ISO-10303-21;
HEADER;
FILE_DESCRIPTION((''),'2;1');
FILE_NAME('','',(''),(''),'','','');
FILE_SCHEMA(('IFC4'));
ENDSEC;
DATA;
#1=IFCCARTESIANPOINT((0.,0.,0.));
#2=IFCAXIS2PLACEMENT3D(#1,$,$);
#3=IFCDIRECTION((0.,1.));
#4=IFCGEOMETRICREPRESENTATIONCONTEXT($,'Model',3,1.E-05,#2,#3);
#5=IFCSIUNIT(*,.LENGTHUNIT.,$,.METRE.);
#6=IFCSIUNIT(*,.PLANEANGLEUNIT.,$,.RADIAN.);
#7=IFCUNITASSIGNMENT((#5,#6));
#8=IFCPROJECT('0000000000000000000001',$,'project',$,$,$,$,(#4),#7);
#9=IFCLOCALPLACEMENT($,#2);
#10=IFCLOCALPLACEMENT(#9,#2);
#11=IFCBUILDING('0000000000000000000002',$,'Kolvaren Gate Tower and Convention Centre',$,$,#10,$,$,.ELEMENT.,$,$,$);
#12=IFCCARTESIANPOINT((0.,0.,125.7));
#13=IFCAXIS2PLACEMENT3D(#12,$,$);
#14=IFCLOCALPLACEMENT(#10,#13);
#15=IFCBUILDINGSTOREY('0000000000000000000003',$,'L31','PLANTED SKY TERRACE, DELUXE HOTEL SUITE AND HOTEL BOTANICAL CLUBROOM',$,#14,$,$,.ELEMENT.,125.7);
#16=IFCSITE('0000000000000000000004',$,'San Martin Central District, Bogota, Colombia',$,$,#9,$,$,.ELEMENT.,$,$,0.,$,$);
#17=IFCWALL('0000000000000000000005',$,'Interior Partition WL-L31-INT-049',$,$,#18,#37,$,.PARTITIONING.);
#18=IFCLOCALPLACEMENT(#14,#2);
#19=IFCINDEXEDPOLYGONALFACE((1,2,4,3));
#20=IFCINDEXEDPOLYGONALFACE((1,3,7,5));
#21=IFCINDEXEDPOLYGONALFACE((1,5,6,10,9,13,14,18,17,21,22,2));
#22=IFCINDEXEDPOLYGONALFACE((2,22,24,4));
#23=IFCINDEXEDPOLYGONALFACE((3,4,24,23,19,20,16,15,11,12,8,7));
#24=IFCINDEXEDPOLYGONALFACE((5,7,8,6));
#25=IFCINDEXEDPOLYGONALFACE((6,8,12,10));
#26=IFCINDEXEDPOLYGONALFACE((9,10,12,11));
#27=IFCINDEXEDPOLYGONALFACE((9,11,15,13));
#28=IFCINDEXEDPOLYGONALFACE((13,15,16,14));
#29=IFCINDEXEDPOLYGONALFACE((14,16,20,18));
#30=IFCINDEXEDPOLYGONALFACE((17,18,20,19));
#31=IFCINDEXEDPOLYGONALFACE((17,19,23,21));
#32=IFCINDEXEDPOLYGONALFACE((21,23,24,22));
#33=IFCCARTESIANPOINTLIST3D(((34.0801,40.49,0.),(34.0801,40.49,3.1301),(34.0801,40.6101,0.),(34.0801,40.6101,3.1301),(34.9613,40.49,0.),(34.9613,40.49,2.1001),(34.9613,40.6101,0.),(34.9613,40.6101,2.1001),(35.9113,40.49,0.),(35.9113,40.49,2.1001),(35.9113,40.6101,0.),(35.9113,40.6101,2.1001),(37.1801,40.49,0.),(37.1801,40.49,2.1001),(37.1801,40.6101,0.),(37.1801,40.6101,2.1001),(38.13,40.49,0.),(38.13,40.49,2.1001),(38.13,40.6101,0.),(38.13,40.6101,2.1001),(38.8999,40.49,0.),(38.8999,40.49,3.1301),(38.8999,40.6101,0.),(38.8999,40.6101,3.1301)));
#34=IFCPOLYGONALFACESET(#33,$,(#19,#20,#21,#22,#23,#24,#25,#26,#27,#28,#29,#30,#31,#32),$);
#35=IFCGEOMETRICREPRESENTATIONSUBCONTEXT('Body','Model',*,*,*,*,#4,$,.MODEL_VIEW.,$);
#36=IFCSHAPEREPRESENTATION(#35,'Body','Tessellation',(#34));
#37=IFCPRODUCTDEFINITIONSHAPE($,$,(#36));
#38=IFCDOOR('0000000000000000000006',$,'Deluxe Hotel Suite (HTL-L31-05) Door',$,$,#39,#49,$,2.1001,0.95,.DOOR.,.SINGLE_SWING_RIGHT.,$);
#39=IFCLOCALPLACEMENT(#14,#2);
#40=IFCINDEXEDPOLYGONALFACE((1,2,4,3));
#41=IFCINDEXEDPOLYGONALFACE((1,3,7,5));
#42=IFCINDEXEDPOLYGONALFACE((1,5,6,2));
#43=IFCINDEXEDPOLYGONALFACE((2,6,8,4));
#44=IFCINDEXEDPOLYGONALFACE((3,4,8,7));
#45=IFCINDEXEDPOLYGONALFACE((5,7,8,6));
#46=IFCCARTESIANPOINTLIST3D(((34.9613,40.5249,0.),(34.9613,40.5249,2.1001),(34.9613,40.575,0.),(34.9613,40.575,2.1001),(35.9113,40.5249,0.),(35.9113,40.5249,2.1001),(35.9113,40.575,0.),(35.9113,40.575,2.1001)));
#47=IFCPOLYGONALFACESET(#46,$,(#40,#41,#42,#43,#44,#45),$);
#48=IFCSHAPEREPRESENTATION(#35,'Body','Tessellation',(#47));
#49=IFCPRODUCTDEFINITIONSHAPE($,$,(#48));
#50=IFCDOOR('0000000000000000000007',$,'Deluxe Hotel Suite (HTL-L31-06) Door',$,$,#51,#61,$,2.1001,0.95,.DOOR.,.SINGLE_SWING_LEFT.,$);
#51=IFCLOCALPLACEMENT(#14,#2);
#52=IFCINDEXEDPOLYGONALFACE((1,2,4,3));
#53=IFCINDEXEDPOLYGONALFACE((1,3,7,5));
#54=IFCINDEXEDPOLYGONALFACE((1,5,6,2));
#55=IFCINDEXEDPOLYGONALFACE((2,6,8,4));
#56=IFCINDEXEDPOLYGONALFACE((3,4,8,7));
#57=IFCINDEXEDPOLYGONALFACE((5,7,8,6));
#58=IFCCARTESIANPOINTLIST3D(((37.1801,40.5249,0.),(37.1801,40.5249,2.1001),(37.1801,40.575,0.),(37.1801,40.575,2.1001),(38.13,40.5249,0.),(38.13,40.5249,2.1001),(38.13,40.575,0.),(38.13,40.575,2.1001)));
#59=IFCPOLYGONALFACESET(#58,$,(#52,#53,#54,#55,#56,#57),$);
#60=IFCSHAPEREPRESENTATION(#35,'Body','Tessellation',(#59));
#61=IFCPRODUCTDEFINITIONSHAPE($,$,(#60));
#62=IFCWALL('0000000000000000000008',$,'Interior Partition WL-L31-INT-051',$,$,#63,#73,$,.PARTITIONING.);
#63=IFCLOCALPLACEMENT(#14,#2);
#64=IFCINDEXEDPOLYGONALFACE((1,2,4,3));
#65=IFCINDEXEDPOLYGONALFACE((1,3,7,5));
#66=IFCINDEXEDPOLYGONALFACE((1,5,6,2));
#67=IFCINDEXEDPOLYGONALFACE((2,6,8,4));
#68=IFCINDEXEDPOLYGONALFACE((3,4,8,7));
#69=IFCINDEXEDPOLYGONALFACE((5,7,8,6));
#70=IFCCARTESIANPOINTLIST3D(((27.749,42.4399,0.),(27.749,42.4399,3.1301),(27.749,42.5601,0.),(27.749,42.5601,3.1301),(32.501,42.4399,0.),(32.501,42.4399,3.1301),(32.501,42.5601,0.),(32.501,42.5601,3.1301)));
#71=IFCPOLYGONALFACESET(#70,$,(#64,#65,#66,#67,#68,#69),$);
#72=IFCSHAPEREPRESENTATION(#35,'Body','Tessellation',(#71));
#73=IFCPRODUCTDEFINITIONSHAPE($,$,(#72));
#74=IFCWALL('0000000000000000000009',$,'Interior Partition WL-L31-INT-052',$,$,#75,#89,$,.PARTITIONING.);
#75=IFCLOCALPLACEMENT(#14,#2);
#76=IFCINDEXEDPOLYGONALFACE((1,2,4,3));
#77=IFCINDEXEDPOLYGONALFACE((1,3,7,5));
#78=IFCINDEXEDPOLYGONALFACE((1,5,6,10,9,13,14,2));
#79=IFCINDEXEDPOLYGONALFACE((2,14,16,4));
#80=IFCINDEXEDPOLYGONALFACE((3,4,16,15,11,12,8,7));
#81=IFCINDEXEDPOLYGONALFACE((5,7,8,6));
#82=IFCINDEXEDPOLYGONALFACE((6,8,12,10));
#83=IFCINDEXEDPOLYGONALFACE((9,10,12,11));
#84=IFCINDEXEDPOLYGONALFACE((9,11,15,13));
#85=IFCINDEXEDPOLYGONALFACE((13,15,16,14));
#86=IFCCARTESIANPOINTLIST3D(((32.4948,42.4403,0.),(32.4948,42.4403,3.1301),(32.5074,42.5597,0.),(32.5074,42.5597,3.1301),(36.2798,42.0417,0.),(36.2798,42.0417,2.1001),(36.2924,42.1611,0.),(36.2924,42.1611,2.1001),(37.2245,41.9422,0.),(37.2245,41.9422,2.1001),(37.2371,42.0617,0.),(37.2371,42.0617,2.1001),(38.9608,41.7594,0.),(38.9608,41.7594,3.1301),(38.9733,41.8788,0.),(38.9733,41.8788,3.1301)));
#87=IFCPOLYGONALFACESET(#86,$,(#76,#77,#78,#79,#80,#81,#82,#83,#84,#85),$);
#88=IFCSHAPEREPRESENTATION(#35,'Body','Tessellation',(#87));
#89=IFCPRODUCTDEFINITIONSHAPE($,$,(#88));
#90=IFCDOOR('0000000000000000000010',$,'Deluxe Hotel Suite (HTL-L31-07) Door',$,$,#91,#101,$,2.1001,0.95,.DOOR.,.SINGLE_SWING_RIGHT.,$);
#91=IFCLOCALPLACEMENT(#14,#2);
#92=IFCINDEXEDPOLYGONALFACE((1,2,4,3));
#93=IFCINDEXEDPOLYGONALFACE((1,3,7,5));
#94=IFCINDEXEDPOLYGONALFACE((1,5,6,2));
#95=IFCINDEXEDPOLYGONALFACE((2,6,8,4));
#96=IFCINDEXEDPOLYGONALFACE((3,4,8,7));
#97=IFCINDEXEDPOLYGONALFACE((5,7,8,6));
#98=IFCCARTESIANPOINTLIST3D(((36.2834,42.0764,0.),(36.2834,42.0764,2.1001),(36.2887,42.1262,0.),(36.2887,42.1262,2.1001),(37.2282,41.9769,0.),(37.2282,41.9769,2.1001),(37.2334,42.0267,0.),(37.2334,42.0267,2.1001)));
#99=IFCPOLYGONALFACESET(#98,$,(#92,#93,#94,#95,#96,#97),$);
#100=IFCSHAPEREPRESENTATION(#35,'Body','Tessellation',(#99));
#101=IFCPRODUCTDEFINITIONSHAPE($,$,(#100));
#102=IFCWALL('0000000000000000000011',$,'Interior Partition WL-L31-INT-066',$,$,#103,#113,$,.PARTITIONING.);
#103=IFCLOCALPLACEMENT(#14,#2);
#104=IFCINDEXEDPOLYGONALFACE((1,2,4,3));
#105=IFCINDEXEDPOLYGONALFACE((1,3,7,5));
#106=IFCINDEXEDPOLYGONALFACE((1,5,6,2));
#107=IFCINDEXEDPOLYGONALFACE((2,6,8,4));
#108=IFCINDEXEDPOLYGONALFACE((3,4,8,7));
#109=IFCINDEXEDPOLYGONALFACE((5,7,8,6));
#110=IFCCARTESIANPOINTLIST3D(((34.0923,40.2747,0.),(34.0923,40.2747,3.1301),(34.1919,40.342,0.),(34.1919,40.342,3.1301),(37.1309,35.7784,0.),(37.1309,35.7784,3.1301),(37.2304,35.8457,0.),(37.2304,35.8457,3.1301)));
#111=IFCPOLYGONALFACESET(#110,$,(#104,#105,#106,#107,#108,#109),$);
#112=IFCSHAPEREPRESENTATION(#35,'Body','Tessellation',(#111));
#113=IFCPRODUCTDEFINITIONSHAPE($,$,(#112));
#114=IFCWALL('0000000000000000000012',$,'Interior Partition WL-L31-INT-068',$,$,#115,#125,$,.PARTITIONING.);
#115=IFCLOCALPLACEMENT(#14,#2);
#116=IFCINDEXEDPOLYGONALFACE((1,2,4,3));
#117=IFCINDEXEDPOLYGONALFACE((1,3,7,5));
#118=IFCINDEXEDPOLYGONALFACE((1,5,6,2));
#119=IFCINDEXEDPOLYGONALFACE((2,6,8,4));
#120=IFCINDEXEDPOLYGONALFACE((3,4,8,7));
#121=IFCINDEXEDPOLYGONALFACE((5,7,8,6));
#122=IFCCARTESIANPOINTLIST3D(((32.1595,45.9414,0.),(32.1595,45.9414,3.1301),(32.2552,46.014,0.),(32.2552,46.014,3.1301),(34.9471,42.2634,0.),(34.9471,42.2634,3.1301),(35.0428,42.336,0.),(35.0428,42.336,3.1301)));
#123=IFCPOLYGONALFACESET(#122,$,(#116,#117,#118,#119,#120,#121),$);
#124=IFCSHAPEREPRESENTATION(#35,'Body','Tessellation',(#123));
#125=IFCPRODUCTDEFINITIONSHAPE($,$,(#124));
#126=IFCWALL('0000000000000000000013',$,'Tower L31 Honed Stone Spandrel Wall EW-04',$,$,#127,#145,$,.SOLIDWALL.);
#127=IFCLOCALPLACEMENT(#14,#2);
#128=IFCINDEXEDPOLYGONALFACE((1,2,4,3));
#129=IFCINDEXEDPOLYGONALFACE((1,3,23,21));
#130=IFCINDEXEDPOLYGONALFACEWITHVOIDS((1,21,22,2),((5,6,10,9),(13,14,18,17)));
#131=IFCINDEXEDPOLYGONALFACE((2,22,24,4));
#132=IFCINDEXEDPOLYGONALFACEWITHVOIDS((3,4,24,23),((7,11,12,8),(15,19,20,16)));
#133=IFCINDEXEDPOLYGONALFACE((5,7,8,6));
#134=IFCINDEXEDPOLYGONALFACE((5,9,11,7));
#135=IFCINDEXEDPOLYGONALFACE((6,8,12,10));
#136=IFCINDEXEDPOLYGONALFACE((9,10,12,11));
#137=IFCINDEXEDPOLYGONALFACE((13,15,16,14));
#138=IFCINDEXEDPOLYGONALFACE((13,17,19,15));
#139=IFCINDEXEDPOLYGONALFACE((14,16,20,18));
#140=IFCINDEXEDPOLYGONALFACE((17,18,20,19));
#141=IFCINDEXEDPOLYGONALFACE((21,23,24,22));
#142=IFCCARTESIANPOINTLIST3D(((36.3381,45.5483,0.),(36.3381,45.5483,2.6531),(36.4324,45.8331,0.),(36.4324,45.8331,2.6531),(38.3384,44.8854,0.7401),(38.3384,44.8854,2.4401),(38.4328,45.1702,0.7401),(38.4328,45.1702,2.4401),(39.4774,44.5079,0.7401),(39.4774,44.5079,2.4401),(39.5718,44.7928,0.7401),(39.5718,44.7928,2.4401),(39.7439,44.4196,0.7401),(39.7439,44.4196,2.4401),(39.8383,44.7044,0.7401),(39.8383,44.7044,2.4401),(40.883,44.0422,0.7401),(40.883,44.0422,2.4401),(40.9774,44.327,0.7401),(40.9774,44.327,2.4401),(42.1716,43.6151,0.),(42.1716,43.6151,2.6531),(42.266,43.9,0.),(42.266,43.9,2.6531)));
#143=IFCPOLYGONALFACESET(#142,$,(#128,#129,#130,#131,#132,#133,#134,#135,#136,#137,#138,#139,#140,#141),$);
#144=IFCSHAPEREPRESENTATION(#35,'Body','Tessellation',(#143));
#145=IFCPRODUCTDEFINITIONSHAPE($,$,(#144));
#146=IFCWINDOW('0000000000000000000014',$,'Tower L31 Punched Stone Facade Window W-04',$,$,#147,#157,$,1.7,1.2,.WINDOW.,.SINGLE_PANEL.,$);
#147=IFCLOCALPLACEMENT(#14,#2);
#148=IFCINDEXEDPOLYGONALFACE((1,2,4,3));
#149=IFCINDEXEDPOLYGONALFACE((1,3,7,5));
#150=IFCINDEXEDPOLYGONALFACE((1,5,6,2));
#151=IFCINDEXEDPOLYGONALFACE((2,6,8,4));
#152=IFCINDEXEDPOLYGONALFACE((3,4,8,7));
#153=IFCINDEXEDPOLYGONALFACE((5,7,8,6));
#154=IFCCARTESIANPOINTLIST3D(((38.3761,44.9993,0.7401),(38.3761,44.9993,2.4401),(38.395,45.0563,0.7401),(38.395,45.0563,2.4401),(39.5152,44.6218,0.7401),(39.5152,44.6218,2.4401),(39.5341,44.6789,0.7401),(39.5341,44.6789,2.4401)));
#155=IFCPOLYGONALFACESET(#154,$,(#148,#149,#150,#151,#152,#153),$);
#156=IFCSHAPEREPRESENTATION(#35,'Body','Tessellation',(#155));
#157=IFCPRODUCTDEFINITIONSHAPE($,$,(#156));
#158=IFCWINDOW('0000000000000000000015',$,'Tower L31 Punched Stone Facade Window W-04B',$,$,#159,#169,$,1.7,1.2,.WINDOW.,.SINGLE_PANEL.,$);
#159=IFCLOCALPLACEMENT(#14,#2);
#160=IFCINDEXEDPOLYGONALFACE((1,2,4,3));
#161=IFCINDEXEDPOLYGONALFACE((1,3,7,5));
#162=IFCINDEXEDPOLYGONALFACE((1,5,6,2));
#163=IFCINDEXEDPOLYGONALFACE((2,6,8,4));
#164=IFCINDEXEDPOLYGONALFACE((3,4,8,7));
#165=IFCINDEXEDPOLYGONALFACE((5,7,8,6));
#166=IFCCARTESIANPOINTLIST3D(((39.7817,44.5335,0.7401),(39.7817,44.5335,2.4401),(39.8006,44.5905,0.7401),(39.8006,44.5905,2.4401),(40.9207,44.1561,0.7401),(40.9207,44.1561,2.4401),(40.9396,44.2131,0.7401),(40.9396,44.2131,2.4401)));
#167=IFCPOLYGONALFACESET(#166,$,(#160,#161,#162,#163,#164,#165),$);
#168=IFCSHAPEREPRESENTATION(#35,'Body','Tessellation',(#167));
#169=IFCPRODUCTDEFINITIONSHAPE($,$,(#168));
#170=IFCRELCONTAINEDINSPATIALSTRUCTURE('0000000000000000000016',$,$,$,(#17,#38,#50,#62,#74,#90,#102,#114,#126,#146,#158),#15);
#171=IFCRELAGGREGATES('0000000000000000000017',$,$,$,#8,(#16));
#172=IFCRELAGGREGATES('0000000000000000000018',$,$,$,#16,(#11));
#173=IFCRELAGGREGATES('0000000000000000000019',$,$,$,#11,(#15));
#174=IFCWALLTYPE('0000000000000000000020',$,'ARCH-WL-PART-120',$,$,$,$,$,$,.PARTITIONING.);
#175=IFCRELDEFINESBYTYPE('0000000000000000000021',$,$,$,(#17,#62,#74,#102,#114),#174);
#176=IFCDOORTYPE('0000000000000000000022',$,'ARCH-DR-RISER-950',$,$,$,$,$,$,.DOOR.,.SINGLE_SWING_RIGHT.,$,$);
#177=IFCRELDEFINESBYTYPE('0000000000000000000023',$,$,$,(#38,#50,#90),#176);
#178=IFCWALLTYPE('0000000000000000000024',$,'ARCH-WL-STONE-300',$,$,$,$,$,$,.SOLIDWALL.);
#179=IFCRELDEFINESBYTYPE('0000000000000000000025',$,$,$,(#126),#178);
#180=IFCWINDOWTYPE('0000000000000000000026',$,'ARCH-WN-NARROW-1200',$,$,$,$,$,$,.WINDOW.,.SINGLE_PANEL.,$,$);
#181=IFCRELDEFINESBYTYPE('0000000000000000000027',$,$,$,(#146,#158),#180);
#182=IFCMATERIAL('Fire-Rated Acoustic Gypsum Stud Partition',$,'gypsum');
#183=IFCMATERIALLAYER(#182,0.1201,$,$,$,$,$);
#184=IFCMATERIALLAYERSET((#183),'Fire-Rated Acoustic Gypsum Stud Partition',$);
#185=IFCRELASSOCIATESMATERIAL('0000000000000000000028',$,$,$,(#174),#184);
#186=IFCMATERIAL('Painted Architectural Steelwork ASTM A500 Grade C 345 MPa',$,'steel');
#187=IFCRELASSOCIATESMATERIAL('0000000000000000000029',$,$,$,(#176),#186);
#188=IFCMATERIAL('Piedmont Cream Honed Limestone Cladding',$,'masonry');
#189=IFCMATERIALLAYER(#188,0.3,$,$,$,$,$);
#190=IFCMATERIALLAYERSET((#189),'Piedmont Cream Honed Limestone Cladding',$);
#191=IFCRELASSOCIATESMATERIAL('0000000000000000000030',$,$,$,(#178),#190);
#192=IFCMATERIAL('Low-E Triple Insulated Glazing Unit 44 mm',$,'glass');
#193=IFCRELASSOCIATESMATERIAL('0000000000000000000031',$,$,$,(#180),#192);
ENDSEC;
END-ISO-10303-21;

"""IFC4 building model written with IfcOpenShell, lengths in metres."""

from ifc_helpers import new_model, si_unit, direction, frame, frame_2d, origin, place, context, subcontext, project, spatial, rectangle, extrude, material, layer, layer_set, type_object, element, fill, save


model = new_model("IFC4")

# Units and contexts
model_context = context("Model", 3, precision=1e-05, world=origin(), true_north=direction((0.0, 1.0)))
body_context = subcontext(model_context, "Body", "Model", "MODEL_VIEW")
ifc_project = project(units=[si_unit("LENGTHUNIT", "METRE"), si_unit("PLANEANGLEUNIT", "RADIAN")], contexts=[model_context])

# Site, building, storey
site_placement = place(None, origin())
site = spatial("IfcSite", under=ifc_project, at=site_placement, Name="San Martin Central District, Bogota, Colombia", CompositionType="ELEMENT", RefElevation=0.0)
building_placement = place(site_placement, origin())
building = spatial("IfcBuilding", under=site, at=building_placement, Name="Kolvaren Gate Tower and Convention Centre", CompositionType="ELEMENT")
storey_placement = place(building_placement, frame((0.0, 0.0, 125.7)))
storey = spatial("IfcBuildingStorey", under=building, at=storey_placement, Name="L31", Description="PLANTED SKY TERRACE, DELUXE HOTEL SUITE AND HOTEL BOTANICAL CLUBROOM", CompositionType="ELEMENT", Elevation=125.7)

# Wall, openings, doors
ifc_material_1 = material(Name="Fire-Rated Acoustic Gypsum Stud Partition", Category="gypsum")
ifc_layer_1 = layer(ifc_material_1, 0.1201)
ifc_layer_set_1 = layer_set([ifc_layer_1], Name="Fire-Rated Acoustic Gypsum Stud Partition")
wall_type_1 = type_object("IfcWallType", Name="ARCH-WL-PART-120", PredefinedType="PARTITIONING", material=ifc_layer_set_1)
wall_1_placement = place(storey_placement, frame((34.0801, 40.55, 0.0), z_axis=(0.0, 0.0, 1.0), x_axis=(1.0, 0.0, 0.0)))
wall_1 = element("IfcWall", 1, at=wall_1_placement, inside=storey, type_object=wall_type_1, Name="Interior Partition WL-L31-INT-049", PredefinedType="PARTITIONING", context=body_context, shape_type="SweptSolid", body=[
    extrude(rectangle(XDim=4.8198, YDim=0.1201, at=frame_2d((2.4099, 0.0))), origin(), (0.0, 0.0, 1.0), 3.1301),
])
opening_1_placement = place(wall_1_placement, frame((0.8811, 0.0, 0.0)))
opening_1 = element("IfcOpeningElement", 2, at=opening_1_placement, cuts=wall_1, PredefinedType="OPENING", context=body_context, shape_type="SweptSolid", body=[
    extrude(rectangle(XDim=0.95, YDim=2.1001, at=frame_2d((0.4751, 1.05))), frame((0.0, 0.0701, 0.0), z_axis=(0.0, -1.0, 0.0), x_axis=(1.0, 0.0, 0.0)), (0.0, 0.0, 1.0), 0.1401),
])
opening_2_placement = place(wall_1_placement, frame((3.0999, 0.0, 0.0)))
opening_2 = element("IfcOpeningElement", 3, at=opening_2_placement, cuts=wall_1, PredefinedType="OPENING", context=body_context, shape_type="SweptSolid", body=[
    extrude(rectangle(XDim=0.95, YDim=2.1001, at=frame_2d((0.4751, 1.05))), frame((0.0, 0.0701, 0.0), z_axis=(0.0, -1.0, 0.0), x_axis=(1.0, 0.0, 0.0)), (0.0, 0.0, 1.0), 0.1401),
])
ifc_material_2 = material(Name="Painted Architectural Steelwork ASTM A500 Grade C 345 MPa", Category="steel")
door_type_1 = type_object("IfcDoorType", Name="ARCH-DR-RISER-950", OperationType="SINGLE_SWING_RIGHT", PredefinedType="DOOR", material=ifc_material_2)
door_1_placement = place(opening_1_placement, origin())
door_1 = element("IfcDoor", 4, at=door_1_placement, inside=storey, type_object=door_type_1, Name="Deluxe Hotel Suite (HTL-L31-05) Door", OperationType="SINGLE_SWING_RIGHT", OverallHeight=2.1001, OverallWidth=0.95, PredefinedType="DOOR", context=body_context, shape_type="SweptSolid", body=[
    extrude(rectangle(XDim=0.95, YDim=2.1001, at=frame_2d((0.4751, 1.05))), frame((0.0, 0.0249, 0.0), z_axis=(0.0, -1.0, 0.0), x_axis=(1.0, 0.0, 0.0)), (0.0, 0.0, 1.0), 0.05),
])
fill(opening_1, door_1)
door_2_placement = place(opening_2_placement, origin())
door_2 = element("IfcDoor", 5, at=door_2_placement, inside=storey, type_object=door_type_1, Name="Deluxe Hotel Suite (HTL-L31-06) Door", OperationType="SINGLE_SWING_LEFT", OverallHeight=2.1001, OverallWidth=0.95, PredefinedType="DOOR", context=body_context, shape_type="SweptSolid", body=[
    extrude(rectangle(XDim=0.95, YDim=2.1001, at=frame_2d((0.4751, 1.05))), frame((0.0, 0.0249, 0.0), z_axis=(0.0, -1.0, 0.0), x_axis=(1.0, 0.0, 0.0)), (0.0, 0.0, 1.0), 0.05),
])
fill(opening_2, door_2)

# Wall
wall_2_placement = place(storey_placement, frame((27.749, 42.5, 0.0), z_axis=(0.0, 0.0, 1.0), x_axis=(1.0, 0.0, 0.0)))
element("IfcWall", 6, at=wall_2_placement, inside=storey, type_object=wall_type_1, Name="Interior Partition WL-L31-INT-051", PredefinedType="PARTITIONING", context=body_context, shape_type="SweptSolid", body=[
    extrude(rectangle(XDim=4.752, YDim=0.1201, at=frame_2d((2.376, 0.0))), origin(), (0.0, 0.0, 1.0), 3.1301),
])

# Wall, opening, door
wall_3_placement = place(storey_placement, frame((32.501, 42.5, 0.0), z_axis=(0.0, 0.0, 1.0), x_axis=(0.994501, -0.104726, 0.0)))
wall_3 = element("IfcWall", 7, at=wall_3_placement, inside=storey, type_object=wall_type_1, Name="Interior Partition WL-L31-INT-052", PredefinedType="PARTITIONING", context=body_context, shape_type="SweptSolid", body=[
    extrude(rectangle(XDim=6.5017, YDim=0.1201, at=frame_2d((3.251, 0.0))), origin(), (0.0, 0.0, 1.0), 3.1301),
])
opening_3_placement = place(wall_3_placement, frame((3.8059, 0.0, 0.0)))
opening_3 = element("IfcOpeningElement", 8, at=opening_3_placement, cuts=wall_3, PredefinedType="OPENING", context=body_context, shape_type="SweptSolid", body=[
    extrude(rectangle(XDim=0.95, YDim=2.1001, at=frame_2d((0.4751, 1.05))), frame((0.0, 0.0701, 0.0), z_axis=(0.0, -1.0, 0.0), x_axis=(1.0, 0.0, 0.0)), (0.0, 0.0, 1.0), 0.1401),
])
door_3_placement = place(opening_3_placement, origin())
door_3 = element("IfcDoor", 9, at=door_3_placement, inside=storey, type_object=door_type_1, Name="Deluxe Hotel Suite (HTL-L31-07) Door", OperationType="SINGLE_SWING_RIGHT", OverallHeight=2.1001, OverallWidth=0.95, PredefinedType="DOOR", context=body_context, shape_type="SweptSolid", body=[
    extrude(rectangle(XDim=0.95, YDim=2.1001, at=frame_2d((0.4751, 1.05))), frame((0.0, 0.0249, 0.0), z_axis=(0.0, -1.0, 0.0), x_axis=(1.0, 0.0, 0.0)), (0.0, 0.0, 1.0), 0.05),
])
fill(opening_3, door_3)

# Walls
wall_4_placement = place(storey_placement, frame((34.1421, 40.3083, 0.0), z_axis=(0.0, 0.0, 1.0), x_axis=(0.559922, -0.828546, 0.0)))
element("IfcWall", 10, at=wall_4_placement, inside=storey, type_object=wall_type_1, Name="Interior Partition WL-L31-INT-066", PredefinedType="PARTITIONING", context=body_context, shape_type="SweptSolid", body=[
    extrude(rectangle(XDim=5.4268, YDim=0.1201, at=frame_2d((2.7134, 0.0))), origin(), (0.0, 0.0, 1.0), 3.1301),
])
wall_5_placement = place(storey_placement, frame((32.2073, 45.9778, 0.0), z_axis=(0.0, 0.0, 1.0), x_axis=(0.60403, -0.796962, 0.0)))
element("IfcWall", 11, at=wall_5_placement, inside=storey, type_object=wall_type_1, Name="Interior Partition WL-L31-INT-068", PredefinedType="PARTITIONING", context=body_context, shape_type="SweptSolid", body=[
    extrude(rectangle(XDim=4.615, YDim=0.1201, at=frame_2d((2.3076, 0.0))), origin(), (0.0, 0.0, 1.0), 3.1301),
])

# Wall, openings, windows
ifc_material_3 = material(Name="Piedmont Cream Honed Limestone Cladding", Category="masonry")
ifc_layer_2 = layer(ifc_material_3, 0.3)
ifc_layer_set_2 = layer_set([ifc_layer_2], Name="Piedmont Cream Honed Limestone Cladding")
wall_type_2 = type_object("IfcWallType", Name="ARCH-WL-STONE-300", PredefinedType="SOLIDWALL", material=ifc_layer_set_2)
wall_6_placement = place(storey_placement, frame((36.3853, 45.6907, 0.0), z_axis=(0.0, 0.0, 1.0), x_axis=(0.949238, -0.314559, 0.0)))
wall_6 = element("IfcWall", 12, at=wall_6_placement, inside=storey, type_object=wall_type_2, Name="Tower L31 Honed Stone Spandrel Wall EW-04", PredefinedType="SOLIDWALL", context=body_context, shape_type="SweptSolid", body=[
    extrude(rectangle(XDim=6.1455, YDim=0.3, at=frame_2d((3.0728, 0.0))), origin(), (0.0, 0.0, 1.0), 2.6531),
])
opening_4_placement = place(wall_6_placement, frame((2.1072, 0.0, 0.74)))
opening_4 = element("IfcOpeningElement", 13, at=opening_4_placement, cuts=wall_6, PredefinedType="OPENING", context=body_context, shape_type="SweptSolid", body=[
    extrude(rectangle(XDim=1.2, YDim=1.7, at=frame_2d((0.6001, 0.8501))), frame((0.0, 0.1599, 0.0), z_axis=(0.0, -1.0, 0.0), x_axis=(1.0, 0.0, 0.0)), (0.0, 0.0, 1.0), 0.3201),
])
opening_5_placement = place(wall_6_placement, frame((3.5879, 0.0, 0.74)))
opening_5 = element("IfcOpeningElement", 14, at=opening_5_placement, cuts=wall_6, PredefinedType="OPENING", context=body_context, shape_type="SweptSolid", body=[
    extrude(rectangle(XDim=1.2, YDim=1.7, at=frame_2d((0.6001, 0.8501))), frame((0.0, 0.1599, 0.0), z_axis=(0.0, -1.0, 0.0), x_axis=(1.0, 0.0, 0.0)), (0.0, 0.0, 1.0), 0.3201),
])
ifc_material_4 = material(Name="Low-E Triple Insulated Glazing Unit 44 mm", Category="glass")
window_type_1 = type_object("IfcWindowType", Name="ARCH-WN-NARROW-1200", PartitioningType="SINGLE_PANEL", PredefinedType="WINDOW", material=ifc_material_4)
window_1_placement = place(opening_4_placement, origin())
window_1 = element("IfcWindow", 15, at=window_1_placement, inside=storey, type_object=window_type_1, Name="Tower L31 Punched Stone Facade Window W-04", OverallHeight=1.7, OverallWidth=1.2, PartitioningType="SINGLE_PANEL", PredefinedType="WINDOW", context=body_context, shape_type="SweptSolid", body=[
    extrude(rectangle(XDim=1.2, YDim=1.7, at=frame_2d((0.6001, 0.8501))), frame((0.0, 0.03, 0.0), z_axis=(0.0, -1.0, 0.0), x_axis=(1.0, 0.0, 0.0)), (0.0, 0.0, 1.0), 0.0601),
])
fill(opening_4, window_1)
window_2_placement = place(opening_5_placement, origin())
window_2 = element("IfcWindow", 16, at=window_2_placement, inside=storey, type_object=window_type_1, Name="Tower L31 Punched Stone Facade Window W-04B", OverallHeight=1.7, OverallWidth=1.2, PartitioningType="SINGLE_PANEL", PredefinedType="WINDOW", context=body_context, shape_type="SweptSolid", body=[
    extrude(rectangle(XDim=1.2, YDim=1.7, at=frame_2d((0.6001, 0.8501))), frame((0.0, 0.03, 0.0), z_axis=(0.0, -1.0, 0.0), x_axis=(1.0, 0.0, 0.0)), (0.0, 0.0, 1.0), 0.0601),
])
fill(opening_5, window_2)

save(model, "model.ifc")
